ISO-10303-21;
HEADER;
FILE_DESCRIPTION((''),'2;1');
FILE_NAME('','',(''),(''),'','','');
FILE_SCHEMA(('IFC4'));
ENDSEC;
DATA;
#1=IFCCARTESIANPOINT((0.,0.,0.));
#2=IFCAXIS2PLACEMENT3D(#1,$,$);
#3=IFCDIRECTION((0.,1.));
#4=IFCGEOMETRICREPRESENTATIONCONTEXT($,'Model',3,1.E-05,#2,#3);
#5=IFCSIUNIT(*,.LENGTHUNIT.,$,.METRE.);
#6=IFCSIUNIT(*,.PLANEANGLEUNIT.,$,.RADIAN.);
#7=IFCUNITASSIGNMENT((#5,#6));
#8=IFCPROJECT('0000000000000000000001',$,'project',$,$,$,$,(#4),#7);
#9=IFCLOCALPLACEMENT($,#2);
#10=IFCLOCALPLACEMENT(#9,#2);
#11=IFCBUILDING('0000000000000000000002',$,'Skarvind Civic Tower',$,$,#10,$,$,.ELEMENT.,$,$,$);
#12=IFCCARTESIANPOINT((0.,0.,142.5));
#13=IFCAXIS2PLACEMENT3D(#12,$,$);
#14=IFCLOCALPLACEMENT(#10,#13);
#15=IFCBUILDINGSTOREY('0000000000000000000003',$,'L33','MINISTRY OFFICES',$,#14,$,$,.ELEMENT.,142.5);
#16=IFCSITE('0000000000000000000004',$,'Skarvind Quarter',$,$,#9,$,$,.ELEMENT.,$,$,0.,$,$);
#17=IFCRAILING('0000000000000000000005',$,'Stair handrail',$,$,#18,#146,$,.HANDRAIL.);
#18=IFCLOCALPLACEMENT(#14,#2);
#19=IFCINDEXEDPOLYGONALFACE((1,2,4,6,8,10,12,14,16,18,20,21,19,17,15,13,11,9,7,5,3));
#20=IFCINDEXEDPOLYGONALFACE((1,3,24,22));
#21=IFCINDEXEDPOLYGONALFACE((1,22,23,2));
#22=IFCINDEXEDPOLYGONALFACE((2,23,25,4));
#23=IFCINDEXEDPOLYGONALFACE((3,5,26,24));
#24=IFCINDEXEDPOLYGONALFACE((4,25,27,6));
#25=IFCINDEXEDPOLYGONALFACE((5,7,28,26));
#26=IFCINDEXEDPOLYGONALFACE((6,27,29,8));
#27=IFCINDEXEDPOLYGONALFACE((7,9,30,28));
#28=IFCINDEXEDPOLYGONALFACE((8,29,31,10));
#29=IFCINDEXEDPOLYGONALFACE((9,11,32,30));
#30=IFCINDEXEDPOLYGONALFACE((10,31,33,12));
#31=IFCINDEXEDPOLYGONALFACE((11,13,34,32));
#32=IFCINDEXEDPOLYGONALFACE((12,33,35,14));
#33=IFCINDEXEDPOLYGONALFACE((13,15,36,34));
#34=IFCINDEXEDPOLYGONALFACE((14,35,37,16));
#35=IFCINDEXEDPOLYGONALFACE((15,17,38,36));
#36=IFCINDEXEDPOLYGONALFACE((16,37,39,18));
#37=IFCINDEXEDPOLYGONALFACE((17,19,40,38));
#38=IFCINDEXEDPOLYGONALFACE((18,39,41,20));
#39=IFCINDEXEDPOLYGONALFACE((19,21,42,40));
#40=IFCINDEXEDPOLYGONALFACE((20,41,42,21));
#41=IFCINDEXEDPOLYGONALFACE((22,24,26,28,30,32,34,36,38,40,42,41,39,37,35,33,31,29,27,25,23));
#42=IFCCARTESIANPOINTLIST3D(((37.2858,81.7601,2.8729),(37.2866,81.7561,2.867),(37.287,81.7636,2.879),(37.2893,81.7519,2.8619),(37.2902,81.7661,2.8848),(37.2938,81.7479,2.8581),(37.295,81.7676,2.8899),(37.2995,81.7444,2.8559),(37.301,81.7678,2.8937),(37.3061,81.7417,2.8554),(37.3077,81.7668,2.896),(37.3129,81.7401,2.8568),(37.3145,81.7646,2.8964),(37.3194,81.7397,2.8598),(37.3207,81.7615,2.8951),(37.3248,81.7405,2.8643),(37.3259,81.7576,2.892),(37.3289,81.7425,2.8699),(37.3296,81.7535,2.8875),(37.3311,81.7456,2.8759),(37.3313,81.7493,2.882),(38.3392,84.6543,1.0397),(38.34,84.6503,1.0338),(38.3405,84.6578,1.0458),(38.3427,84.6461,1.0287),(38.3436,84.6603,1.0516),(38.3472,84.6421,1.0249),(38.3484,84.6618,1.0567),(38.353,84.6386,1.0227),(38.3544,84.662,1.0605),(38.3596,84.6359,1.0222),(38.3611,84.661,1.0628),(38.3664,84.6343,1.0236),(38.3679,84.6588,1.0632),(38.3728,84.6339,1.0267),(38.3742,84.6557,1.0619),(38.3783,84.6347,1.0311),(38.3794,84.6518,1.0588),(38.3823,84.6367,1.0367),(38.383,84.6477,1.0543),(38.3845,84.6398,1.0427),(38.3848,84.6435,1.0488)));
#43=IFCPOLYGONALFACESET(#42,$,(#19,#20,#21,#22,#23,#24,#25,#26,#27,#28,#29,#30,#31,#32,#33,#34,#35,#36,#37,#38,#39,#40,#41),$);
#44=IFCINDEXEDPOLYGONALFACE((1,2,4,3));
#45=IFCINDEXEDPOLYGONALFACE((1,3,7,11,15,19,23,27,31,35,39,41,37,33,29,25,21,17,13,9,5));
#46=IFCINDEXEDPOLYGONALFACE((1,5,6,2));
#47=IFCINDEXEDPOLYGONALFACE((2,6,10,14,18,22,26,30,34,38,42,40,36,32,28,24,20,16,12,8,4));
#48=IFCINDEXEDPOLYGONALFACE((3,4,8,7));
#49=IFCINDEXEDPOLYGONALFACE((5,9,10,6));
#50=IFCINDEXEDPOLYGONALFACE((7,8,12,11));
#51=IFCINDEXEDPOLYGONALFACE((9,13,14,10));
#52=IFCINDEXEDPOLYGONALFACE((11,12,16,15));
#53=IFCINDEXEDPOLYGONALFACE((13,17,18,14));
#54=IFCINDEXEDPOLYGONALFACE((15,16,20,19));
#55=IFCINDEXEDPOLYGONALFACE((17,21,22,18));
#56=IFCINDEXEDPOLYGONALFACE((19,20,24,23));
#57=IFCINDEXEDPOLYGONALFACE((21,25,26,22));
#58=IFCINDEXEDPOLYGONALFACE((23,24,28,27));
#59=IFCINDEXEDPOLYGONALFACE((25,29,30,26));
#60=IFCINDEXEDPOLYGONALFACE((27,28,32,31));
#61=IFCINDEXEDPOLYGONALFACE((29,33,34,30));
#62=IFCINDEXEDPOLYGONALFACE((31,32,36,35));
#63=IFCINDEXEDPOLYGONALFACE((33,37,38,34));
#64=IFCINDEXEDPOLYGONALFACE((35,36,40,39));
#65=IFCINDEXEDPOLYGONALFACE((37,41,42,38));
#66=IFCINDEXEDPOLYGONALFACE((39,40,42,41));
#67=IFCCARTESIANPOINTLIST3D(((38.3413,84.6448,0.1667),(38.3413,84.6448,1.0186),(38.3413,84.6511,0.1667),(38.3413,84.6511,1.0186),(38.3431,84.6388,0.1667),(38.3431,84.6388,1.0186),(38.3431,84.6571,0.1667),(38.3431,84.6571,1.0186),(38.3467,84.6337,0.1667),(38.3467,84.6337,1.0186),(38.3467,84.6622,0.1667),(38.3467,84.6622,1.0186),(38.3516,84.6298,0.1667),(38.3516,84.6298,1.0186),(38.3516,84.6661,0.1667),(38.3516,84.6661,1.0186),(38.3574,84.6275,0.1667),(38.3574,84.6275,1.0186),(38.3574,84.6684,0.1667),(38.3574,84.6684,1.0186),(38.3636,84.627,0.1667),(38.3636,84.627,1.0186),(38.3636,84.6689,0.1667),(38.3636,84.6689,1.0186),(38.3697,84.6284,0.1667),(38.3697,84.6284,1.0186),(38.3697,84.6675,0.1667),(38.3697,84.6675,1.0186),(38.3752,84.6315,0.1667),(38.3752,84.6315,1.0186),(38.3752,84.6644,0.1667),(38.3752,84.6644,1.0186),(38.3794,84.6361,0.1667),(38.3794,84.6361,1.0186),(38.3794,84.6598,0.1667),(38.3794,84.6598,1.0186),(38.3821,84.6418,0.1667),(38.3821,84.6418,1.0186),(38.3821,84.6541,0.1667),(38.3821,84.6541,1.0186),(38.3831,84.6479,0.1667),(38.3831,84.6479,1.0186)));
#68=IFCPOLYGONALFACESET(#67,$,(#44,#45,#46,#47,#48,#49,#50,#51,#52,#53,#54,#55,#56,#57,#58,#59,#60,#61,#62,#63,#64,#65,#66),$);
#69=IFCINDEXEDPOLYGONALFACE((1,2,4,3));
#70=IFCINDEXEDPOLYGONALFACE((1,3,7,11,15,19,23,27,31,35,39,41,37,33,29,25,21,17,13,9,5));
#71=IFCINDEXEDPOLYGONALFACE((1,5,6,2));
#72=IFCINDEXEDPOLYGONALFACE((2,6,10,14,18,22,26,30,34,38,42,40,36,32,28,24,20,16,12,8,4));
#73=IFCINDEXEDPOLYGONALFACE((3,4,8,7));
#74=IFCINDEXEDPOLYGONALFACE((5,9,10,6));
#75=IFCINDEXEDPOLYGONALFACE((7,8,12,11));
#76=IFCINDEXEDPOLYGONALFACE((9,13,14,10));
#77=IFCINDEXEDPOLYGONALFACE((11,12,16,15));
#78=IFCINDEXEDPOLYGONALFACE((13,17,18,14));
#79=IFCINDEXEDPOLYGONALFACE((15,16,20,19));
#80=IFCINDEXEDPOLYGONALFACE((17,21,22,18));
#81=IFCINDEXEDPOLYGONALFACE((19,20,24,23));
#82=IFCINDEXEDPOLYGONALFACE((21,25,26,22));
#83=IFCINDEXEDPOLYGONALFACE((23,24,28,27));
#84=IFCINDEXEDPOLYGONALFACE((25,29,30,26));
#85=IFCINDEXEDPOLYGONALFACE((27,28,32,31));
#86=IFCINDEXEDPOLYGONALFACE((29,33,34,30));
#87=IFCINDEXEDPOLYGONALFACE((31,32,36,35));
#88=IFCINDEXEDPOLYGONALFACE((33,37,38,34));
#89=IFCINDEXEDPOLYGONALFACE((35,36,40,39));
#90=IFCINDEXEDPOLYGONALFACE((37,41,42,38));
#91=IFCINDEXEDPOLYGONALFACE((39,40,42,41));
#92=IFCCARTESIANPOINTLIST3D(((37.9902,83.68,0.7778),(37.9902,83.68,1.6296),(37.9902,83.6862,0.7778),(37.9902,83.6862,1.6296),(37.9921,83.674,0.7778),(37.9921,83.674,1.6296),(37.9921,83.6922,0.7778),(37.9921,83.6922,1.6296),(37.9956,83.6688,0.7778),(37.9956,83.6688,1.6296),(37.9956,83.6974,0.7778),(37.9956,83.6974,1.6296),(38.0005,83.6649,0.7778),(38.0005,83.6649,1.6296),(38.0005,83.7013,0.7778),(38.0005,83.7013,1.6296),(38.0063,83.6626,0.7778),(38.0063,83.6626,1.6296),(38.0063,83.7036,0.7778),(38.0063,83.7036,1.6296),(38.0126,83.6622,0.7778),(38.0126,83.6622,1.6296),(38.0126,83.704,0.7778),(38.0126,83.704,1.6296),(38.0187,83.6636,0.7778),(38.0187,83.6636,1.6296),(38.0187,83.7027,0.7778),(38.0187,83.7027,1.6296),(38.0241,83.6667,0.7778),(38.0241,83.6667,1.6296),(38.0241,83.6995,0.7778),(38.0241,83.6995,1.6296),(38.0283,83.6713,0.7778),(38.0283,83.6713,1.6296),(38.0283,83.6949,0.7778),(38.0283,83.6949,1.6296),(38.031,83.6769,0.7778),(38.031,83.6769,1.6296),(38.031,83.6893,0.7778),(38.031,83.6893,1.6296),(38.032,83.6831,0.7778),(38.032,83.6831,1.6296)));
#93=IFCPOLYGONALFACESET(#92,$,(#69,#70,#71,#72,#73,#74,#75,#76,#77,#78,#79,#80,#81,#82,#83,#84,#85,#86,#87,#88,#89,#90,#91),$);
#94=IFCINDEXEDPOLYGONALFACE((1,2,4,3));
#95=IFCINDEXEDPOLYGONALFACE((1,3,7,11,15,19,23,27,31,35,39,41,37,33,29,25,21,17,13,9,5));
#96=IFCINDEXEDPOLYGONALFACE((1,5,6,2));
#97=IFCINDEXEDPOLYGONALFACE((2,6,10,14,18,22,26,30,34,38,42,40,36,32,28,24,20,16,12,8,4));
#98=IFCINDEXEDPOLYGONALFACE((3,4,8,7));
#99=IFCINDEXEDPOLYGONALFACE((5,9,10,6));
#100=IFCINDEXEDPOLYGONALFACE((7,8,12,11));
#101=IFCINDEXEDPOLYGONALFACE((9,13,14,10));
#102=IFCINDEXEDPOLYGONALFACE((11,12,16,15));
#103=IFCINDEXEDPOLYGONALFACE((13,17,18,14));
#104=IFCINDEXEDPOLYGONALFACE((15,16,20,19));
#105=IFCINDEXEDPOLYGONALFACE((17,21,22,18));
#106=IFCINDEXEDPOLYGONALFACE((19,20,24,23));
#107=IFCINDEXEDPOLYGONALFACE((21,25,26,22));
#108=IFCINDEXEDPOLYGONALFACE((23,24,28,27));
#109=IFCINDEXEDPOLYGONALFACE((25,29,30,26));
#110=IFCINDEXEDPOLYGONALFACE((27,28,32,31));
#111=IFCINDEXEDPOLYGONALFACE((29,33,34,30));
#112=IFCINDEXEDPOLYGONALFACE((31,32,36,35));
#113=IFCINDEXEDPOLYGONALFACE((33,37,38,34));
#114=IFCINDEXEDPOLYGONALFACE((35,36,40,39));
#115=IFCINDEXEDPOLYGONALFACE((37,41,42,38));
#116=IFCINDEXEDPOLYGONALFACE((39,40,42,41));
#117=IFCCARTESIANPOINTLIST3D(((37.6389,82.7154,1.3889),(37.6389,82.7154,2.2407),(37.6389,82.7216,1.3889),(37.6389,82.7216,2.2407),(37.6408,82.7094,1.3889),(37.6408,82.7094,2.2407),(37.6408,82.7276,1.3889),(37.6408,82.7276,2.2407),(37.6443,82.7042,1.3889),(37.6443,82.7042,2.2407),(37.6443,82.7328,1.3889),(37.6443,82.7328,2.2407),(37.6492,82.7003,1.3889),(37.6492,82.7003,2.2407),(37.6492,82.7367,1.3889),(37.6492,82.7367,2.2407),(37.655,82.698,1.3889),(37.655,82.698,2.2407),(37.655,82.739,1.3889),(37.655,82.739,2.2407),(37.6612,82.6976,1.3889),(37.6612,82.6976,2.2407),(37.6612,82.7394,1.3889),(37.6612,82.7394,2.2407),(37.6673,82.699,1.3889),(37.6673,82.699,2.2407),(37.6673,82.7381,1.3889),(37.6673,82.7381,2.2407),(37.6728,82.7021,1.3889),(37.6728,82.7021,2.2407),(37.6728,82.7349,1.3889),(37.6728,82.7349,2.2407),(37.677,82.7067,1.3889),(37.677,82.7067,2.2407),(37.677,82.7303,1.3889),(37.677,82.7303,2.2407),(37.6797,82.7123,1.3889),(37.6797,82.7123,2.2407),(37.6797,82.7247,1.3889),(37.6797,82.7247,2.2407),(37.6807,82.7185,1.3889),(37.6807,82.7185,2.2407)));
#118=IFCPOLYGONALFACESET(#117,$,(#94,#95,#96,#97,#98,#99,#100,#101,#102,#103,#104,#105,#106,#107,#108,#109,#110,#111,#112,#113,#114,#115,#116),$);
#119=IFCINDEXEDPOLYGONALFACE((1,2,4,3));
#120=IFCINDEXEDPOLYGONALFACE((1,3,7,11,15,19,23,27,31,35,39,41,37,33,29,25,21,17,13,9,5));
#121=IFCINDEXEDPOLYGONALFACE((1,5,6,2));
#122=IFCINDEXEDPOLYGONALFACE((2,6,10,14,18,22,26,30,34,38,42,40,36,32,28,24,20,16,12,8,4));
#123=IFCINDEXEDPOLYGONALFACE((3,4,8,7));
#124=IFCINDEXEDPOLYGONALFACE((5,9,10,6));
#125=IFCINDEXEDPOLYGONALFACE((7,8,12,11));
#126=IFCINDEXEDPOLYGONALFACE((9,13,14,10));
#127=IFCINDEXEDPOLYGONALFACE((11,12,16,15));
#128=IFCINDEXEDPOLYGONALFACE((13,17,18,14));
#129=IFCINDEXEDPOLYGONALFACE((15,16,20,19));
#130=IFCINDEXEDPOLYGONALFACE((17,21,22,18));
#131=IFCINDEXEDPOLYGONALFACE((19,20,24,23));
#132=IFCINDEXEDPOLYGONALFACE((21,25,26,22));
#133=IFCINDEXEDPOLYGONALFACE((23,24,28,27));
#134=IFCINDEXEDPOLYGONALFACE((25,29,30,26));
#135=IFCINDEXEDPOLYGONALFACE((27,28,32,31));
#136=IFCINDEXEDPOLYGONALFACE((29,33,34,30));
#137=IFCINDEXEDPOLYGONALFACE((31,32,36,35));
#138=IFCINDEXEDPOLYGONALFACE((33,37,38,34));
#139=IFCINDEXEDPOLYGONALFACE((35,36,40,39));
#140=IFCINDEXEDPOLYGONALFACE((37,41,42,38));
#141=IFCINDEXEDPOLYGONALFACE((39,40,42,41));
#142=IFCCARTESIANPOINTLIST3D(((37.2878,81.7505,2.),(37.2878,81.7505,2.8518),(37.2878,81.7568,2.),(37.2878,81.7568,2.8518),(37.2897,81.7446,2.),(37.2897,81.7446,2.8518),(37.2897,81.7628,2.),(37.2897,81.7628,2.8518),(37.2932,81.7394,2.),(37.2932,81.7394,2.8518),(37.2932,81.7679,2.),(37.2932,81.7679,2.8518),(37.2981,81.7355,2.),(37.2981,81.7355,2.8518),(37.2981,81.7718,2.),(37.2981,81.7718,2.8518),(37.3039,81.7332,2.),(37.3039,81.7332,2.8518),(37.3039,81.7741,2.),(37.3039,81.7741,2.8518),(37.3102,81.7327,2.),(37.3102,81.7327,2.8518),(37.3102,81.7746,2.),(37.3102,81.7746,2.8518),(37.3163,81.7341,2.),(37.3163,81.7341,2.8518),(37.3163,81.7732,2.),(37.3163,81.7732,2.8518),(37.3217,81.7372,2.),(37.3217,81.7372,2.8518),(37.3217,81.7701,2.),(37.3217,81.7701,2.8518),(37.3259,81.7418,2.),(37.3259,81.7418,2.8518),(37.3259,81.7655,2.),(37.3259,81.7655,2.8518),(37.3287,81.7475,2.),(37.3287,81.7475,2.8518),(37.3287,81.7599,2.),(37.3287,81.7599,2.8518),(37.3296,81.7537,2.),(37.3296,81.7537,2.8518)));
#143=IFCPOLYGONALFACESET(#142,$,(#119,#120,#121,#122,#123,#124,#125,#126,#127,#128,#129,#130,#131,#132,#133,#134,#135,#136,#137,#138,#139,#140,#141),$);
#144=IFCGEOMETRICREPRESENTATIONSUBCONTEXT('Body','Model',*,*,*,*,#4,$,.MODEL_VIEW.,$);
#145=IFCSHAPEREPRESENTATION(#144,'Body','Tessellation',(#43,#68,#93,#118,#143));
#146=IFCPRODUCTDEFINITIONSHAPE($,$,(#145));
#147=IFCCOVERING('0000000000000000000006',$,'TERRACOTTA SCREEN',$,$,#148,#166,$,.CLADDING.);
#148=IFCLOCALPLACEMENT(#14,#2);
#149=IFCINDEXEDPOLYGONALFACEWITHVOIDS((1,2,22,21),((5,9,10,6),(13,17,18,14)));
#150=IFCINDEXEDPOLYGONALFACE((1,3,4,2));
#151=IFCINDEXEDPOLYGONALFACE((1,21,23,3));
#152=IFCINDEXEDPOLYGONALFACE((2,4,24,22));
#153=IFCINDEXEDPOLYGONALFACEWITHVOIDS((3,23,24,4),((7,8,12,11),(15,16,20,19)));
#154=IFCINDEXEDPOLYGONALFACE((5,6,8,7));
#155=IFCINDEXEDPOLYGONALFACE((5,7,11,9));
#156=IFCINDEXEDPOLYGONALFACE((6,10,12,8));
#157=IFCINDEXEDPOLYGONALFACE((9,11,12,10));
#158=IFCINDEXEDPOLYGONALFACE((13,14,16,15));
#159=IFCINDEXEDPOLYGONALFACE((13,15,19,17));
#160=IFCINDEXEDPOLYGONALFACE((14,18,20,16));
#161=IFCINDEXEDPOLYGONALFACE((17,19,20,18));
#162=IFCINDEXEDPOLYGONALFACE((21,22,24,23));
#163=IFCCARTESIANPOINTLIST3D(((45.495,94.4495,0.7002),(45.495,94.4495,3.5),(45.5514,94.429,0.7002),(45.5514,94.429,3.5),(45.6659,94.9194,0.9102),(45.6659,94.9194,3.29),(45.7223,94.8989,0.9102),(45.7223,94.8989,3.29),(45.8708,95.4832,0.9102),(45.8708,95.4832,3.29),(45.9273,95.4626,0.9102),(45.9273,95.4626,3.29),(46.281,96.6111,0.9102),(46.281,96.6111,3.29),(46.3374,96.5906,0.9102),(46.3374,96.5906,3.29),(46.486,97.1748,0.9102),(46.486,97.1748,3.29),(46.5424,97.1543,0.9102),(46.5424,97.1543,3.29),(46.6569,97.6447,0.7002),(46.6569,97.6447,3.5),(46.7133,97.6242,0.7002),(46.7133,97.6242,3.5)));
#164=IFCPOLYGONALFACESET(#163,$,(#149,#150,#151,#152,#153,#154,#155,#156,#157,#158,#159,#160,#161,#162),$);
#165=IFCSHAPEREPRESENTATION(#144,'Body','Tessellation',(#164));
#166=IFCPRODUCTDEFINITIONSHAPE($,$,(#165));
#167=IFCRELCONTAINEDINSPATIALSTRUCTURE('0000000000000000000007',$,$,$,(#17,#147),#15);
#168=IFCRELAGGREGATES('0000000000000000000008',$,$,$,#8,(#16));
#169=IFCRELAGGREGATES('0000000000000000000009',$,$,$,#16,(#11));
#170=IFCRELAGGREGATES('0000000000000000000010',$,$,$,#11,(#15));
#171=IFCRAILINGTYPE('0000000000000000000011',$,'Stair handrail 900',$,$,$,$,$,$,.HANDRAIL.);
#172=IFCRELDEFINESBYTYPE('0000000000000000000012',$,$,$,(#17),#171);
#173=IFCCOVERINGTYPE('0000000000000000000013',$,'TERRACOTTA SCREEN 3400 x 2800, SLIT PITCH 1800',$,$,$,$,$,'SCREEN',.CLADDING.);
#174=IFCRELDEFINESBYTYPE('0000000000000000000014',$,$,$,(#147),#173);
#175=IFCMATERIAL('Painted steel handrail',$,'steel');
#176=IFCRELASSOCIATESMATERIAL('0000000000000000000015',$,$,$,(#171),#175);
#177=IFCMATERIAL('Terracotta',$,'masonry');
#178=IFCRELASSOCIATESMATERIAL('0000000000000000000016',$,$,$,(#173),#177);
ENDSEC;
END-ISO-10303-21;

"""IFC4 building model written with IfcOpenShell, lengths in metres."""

from ifc_helpers import new_model, si_unit, direction, frame, origin, origin_2d, place, context, subcontext, project, spatial, polyline, circle, outline, extrude, material, material_profile, profile_set, type_object, element, save


model = new_model("IFC4")

# Units and contexts
model_context = context("Model", 3, precision=1e-05, world=origin(), true_north=direction((0.0, 1.0)))
body_context = subcontext(model_context, "Body", "Model", "MODEL_VIEW")
ifc_project = project(units=[si_unit("LENGTHUNIT", "METRE"), si_unit("PLANEANGLEUNIT", "RADIAN")], contexts=[model_context])

# Site, building, storey
site_placement = place(None, origin())
site = spatial("IfcSite", under=ifc_project, at=site_placement, Name="Skarvind Quarter", CompositionType="ELEMENT", RefElevation=0.0)
building_placement = place(site_placement, origin())
building = spatial("IfcBuilding", under=site, at=building_placement, Name="Skarvind Civic Tower", CompositionType="ELEMENT")
storey_placement = place(building_placement, frame((0.0, 0.0, 142.5)))
storey = spatial("IfcBuildingStorey", under=building, at=storey_placement, Name="L33", Description="MINISTRY OFFICES", CompositionType="ELEMENT", Elevation=142.5)

# Railing
ifc_material_1 = material(Name="Painted steel handrail", Category="steel")
railing_type = type_object("IfcRailingType", Name="Stair handrail 900", PredefinedType="HANDRAIL", material=ifc_material_1)
railing_placement = place(storey_placement, frame((38.3621, 84.6479, 0.1667)))
element("IfcRailing", 1, at=railing_placement, inside=storey, type_object=railing_type, Name="Stair handrail", PredefinedType="HANDRAIL", context=body_context, shape_type="SweptSolid", body=[
    extrude(circle(Radius=0.0239, at=origin_2d()), frame((0.0, 0.0, 0.876), z_axis=(-0.293908, -0.807481, 0.511461), x_axis=(0.939689, -0.342029, 0.0)), (0.0, 0.0, 1.0), 3.5842),
    extrude(circle(Radius=0.021, at=origin_2d()), origin(), (0.0, 0.0, 1.0), 0.8518),
    extrude(circle(Radius=0.021, at=origin_2d()), frame((-0.3511, -0.9648, 0.6111)), (0.0, 0.0, 1.0), 0.8518),
    extrude(circle(Radius=0.021, at=origin_2d()), frame((-0.7024, -1.9294, 1.2222)), (0.0, 0.0, 1.0), 0.8518),
    extrude(circle(Radius=0.021, at=origin_2d()), frame((-1.0535, -2.8943, 1.8333)), (0.0, 0.0, 1.0), 0.8518),
])

# Covering
ifc_material_2 = material(Name="Terracotta", Category="masonry")
ifc_material_profile_1 = material_profile(ifc_material_2, outline(polyline([(-1.7, -1.3999), (1.7, -1.3999), (1.7, 1.3999), (-1.7, 1.3999), (-1.7, -1.3999)]), holes=[polyline([(-1.2, -1.1899), (-0.6001, -1.1899), (-0.6001, 1.1899), (-1.2, 1.1899), (-1.2, -1.1899)]), polyline([(0.6001, -1.1899), (1.2, -1.1899), (1.2, 1.1899), (0.6001, 1.1899), (0.6001, -1.1899)])]), Name="TERRACOTTA SCREEN 3400 x 2800, SLIT PITCH 1800")
ifc_profile_set_1 = profile_set([ifc_material_profile_1], Name="Terracotta")
covering_type = type_object("IfcCoveringType", Name="TERRACOTTA SCREEN 3400 x 2800, SLIT PITCH 1800", ElementType="SCREEN", PredefinedType="CLADDING", material=ifc_profile_set_1)
covering_placement = place(storey_placement, frame((46.0759, 96.0471, 2.1001), z_axis=(0.939793, -0.341743, 0.0), x_axis=(0.341743, 0.939793, 0.0)))
element("IfcCovering", 2, at=covering_placement, inside=storey, type_object=covering_type, Name="TERRACOTTA SCREEN", PredefinedType="CLADDING", context=body_context, shape_type="SweptSolid", body=[
    extrude(outline(polyline([(-1.7, -1.3999), (1.7, -1.3999), (1.7, 1.3999), (-1.7, 1.3999), (-1.7, -1.3999)]), holes=[polyline([(-1.2, -1.1899), (-0.6001, -1.1899), (-0.6001, 1.1899), (-1.2, 1.1899), (-1.2, -1.1899)]), polyline([(0.6001, -1.1899), (1.2, -1.1899), (1.2, 1.1899), (0.6001, 1.1899), (0.6001, -1.1899)])]), origin(), (0.0, 0.0, 1.0), 0.0601),
])

save(model, "model.ifc")
